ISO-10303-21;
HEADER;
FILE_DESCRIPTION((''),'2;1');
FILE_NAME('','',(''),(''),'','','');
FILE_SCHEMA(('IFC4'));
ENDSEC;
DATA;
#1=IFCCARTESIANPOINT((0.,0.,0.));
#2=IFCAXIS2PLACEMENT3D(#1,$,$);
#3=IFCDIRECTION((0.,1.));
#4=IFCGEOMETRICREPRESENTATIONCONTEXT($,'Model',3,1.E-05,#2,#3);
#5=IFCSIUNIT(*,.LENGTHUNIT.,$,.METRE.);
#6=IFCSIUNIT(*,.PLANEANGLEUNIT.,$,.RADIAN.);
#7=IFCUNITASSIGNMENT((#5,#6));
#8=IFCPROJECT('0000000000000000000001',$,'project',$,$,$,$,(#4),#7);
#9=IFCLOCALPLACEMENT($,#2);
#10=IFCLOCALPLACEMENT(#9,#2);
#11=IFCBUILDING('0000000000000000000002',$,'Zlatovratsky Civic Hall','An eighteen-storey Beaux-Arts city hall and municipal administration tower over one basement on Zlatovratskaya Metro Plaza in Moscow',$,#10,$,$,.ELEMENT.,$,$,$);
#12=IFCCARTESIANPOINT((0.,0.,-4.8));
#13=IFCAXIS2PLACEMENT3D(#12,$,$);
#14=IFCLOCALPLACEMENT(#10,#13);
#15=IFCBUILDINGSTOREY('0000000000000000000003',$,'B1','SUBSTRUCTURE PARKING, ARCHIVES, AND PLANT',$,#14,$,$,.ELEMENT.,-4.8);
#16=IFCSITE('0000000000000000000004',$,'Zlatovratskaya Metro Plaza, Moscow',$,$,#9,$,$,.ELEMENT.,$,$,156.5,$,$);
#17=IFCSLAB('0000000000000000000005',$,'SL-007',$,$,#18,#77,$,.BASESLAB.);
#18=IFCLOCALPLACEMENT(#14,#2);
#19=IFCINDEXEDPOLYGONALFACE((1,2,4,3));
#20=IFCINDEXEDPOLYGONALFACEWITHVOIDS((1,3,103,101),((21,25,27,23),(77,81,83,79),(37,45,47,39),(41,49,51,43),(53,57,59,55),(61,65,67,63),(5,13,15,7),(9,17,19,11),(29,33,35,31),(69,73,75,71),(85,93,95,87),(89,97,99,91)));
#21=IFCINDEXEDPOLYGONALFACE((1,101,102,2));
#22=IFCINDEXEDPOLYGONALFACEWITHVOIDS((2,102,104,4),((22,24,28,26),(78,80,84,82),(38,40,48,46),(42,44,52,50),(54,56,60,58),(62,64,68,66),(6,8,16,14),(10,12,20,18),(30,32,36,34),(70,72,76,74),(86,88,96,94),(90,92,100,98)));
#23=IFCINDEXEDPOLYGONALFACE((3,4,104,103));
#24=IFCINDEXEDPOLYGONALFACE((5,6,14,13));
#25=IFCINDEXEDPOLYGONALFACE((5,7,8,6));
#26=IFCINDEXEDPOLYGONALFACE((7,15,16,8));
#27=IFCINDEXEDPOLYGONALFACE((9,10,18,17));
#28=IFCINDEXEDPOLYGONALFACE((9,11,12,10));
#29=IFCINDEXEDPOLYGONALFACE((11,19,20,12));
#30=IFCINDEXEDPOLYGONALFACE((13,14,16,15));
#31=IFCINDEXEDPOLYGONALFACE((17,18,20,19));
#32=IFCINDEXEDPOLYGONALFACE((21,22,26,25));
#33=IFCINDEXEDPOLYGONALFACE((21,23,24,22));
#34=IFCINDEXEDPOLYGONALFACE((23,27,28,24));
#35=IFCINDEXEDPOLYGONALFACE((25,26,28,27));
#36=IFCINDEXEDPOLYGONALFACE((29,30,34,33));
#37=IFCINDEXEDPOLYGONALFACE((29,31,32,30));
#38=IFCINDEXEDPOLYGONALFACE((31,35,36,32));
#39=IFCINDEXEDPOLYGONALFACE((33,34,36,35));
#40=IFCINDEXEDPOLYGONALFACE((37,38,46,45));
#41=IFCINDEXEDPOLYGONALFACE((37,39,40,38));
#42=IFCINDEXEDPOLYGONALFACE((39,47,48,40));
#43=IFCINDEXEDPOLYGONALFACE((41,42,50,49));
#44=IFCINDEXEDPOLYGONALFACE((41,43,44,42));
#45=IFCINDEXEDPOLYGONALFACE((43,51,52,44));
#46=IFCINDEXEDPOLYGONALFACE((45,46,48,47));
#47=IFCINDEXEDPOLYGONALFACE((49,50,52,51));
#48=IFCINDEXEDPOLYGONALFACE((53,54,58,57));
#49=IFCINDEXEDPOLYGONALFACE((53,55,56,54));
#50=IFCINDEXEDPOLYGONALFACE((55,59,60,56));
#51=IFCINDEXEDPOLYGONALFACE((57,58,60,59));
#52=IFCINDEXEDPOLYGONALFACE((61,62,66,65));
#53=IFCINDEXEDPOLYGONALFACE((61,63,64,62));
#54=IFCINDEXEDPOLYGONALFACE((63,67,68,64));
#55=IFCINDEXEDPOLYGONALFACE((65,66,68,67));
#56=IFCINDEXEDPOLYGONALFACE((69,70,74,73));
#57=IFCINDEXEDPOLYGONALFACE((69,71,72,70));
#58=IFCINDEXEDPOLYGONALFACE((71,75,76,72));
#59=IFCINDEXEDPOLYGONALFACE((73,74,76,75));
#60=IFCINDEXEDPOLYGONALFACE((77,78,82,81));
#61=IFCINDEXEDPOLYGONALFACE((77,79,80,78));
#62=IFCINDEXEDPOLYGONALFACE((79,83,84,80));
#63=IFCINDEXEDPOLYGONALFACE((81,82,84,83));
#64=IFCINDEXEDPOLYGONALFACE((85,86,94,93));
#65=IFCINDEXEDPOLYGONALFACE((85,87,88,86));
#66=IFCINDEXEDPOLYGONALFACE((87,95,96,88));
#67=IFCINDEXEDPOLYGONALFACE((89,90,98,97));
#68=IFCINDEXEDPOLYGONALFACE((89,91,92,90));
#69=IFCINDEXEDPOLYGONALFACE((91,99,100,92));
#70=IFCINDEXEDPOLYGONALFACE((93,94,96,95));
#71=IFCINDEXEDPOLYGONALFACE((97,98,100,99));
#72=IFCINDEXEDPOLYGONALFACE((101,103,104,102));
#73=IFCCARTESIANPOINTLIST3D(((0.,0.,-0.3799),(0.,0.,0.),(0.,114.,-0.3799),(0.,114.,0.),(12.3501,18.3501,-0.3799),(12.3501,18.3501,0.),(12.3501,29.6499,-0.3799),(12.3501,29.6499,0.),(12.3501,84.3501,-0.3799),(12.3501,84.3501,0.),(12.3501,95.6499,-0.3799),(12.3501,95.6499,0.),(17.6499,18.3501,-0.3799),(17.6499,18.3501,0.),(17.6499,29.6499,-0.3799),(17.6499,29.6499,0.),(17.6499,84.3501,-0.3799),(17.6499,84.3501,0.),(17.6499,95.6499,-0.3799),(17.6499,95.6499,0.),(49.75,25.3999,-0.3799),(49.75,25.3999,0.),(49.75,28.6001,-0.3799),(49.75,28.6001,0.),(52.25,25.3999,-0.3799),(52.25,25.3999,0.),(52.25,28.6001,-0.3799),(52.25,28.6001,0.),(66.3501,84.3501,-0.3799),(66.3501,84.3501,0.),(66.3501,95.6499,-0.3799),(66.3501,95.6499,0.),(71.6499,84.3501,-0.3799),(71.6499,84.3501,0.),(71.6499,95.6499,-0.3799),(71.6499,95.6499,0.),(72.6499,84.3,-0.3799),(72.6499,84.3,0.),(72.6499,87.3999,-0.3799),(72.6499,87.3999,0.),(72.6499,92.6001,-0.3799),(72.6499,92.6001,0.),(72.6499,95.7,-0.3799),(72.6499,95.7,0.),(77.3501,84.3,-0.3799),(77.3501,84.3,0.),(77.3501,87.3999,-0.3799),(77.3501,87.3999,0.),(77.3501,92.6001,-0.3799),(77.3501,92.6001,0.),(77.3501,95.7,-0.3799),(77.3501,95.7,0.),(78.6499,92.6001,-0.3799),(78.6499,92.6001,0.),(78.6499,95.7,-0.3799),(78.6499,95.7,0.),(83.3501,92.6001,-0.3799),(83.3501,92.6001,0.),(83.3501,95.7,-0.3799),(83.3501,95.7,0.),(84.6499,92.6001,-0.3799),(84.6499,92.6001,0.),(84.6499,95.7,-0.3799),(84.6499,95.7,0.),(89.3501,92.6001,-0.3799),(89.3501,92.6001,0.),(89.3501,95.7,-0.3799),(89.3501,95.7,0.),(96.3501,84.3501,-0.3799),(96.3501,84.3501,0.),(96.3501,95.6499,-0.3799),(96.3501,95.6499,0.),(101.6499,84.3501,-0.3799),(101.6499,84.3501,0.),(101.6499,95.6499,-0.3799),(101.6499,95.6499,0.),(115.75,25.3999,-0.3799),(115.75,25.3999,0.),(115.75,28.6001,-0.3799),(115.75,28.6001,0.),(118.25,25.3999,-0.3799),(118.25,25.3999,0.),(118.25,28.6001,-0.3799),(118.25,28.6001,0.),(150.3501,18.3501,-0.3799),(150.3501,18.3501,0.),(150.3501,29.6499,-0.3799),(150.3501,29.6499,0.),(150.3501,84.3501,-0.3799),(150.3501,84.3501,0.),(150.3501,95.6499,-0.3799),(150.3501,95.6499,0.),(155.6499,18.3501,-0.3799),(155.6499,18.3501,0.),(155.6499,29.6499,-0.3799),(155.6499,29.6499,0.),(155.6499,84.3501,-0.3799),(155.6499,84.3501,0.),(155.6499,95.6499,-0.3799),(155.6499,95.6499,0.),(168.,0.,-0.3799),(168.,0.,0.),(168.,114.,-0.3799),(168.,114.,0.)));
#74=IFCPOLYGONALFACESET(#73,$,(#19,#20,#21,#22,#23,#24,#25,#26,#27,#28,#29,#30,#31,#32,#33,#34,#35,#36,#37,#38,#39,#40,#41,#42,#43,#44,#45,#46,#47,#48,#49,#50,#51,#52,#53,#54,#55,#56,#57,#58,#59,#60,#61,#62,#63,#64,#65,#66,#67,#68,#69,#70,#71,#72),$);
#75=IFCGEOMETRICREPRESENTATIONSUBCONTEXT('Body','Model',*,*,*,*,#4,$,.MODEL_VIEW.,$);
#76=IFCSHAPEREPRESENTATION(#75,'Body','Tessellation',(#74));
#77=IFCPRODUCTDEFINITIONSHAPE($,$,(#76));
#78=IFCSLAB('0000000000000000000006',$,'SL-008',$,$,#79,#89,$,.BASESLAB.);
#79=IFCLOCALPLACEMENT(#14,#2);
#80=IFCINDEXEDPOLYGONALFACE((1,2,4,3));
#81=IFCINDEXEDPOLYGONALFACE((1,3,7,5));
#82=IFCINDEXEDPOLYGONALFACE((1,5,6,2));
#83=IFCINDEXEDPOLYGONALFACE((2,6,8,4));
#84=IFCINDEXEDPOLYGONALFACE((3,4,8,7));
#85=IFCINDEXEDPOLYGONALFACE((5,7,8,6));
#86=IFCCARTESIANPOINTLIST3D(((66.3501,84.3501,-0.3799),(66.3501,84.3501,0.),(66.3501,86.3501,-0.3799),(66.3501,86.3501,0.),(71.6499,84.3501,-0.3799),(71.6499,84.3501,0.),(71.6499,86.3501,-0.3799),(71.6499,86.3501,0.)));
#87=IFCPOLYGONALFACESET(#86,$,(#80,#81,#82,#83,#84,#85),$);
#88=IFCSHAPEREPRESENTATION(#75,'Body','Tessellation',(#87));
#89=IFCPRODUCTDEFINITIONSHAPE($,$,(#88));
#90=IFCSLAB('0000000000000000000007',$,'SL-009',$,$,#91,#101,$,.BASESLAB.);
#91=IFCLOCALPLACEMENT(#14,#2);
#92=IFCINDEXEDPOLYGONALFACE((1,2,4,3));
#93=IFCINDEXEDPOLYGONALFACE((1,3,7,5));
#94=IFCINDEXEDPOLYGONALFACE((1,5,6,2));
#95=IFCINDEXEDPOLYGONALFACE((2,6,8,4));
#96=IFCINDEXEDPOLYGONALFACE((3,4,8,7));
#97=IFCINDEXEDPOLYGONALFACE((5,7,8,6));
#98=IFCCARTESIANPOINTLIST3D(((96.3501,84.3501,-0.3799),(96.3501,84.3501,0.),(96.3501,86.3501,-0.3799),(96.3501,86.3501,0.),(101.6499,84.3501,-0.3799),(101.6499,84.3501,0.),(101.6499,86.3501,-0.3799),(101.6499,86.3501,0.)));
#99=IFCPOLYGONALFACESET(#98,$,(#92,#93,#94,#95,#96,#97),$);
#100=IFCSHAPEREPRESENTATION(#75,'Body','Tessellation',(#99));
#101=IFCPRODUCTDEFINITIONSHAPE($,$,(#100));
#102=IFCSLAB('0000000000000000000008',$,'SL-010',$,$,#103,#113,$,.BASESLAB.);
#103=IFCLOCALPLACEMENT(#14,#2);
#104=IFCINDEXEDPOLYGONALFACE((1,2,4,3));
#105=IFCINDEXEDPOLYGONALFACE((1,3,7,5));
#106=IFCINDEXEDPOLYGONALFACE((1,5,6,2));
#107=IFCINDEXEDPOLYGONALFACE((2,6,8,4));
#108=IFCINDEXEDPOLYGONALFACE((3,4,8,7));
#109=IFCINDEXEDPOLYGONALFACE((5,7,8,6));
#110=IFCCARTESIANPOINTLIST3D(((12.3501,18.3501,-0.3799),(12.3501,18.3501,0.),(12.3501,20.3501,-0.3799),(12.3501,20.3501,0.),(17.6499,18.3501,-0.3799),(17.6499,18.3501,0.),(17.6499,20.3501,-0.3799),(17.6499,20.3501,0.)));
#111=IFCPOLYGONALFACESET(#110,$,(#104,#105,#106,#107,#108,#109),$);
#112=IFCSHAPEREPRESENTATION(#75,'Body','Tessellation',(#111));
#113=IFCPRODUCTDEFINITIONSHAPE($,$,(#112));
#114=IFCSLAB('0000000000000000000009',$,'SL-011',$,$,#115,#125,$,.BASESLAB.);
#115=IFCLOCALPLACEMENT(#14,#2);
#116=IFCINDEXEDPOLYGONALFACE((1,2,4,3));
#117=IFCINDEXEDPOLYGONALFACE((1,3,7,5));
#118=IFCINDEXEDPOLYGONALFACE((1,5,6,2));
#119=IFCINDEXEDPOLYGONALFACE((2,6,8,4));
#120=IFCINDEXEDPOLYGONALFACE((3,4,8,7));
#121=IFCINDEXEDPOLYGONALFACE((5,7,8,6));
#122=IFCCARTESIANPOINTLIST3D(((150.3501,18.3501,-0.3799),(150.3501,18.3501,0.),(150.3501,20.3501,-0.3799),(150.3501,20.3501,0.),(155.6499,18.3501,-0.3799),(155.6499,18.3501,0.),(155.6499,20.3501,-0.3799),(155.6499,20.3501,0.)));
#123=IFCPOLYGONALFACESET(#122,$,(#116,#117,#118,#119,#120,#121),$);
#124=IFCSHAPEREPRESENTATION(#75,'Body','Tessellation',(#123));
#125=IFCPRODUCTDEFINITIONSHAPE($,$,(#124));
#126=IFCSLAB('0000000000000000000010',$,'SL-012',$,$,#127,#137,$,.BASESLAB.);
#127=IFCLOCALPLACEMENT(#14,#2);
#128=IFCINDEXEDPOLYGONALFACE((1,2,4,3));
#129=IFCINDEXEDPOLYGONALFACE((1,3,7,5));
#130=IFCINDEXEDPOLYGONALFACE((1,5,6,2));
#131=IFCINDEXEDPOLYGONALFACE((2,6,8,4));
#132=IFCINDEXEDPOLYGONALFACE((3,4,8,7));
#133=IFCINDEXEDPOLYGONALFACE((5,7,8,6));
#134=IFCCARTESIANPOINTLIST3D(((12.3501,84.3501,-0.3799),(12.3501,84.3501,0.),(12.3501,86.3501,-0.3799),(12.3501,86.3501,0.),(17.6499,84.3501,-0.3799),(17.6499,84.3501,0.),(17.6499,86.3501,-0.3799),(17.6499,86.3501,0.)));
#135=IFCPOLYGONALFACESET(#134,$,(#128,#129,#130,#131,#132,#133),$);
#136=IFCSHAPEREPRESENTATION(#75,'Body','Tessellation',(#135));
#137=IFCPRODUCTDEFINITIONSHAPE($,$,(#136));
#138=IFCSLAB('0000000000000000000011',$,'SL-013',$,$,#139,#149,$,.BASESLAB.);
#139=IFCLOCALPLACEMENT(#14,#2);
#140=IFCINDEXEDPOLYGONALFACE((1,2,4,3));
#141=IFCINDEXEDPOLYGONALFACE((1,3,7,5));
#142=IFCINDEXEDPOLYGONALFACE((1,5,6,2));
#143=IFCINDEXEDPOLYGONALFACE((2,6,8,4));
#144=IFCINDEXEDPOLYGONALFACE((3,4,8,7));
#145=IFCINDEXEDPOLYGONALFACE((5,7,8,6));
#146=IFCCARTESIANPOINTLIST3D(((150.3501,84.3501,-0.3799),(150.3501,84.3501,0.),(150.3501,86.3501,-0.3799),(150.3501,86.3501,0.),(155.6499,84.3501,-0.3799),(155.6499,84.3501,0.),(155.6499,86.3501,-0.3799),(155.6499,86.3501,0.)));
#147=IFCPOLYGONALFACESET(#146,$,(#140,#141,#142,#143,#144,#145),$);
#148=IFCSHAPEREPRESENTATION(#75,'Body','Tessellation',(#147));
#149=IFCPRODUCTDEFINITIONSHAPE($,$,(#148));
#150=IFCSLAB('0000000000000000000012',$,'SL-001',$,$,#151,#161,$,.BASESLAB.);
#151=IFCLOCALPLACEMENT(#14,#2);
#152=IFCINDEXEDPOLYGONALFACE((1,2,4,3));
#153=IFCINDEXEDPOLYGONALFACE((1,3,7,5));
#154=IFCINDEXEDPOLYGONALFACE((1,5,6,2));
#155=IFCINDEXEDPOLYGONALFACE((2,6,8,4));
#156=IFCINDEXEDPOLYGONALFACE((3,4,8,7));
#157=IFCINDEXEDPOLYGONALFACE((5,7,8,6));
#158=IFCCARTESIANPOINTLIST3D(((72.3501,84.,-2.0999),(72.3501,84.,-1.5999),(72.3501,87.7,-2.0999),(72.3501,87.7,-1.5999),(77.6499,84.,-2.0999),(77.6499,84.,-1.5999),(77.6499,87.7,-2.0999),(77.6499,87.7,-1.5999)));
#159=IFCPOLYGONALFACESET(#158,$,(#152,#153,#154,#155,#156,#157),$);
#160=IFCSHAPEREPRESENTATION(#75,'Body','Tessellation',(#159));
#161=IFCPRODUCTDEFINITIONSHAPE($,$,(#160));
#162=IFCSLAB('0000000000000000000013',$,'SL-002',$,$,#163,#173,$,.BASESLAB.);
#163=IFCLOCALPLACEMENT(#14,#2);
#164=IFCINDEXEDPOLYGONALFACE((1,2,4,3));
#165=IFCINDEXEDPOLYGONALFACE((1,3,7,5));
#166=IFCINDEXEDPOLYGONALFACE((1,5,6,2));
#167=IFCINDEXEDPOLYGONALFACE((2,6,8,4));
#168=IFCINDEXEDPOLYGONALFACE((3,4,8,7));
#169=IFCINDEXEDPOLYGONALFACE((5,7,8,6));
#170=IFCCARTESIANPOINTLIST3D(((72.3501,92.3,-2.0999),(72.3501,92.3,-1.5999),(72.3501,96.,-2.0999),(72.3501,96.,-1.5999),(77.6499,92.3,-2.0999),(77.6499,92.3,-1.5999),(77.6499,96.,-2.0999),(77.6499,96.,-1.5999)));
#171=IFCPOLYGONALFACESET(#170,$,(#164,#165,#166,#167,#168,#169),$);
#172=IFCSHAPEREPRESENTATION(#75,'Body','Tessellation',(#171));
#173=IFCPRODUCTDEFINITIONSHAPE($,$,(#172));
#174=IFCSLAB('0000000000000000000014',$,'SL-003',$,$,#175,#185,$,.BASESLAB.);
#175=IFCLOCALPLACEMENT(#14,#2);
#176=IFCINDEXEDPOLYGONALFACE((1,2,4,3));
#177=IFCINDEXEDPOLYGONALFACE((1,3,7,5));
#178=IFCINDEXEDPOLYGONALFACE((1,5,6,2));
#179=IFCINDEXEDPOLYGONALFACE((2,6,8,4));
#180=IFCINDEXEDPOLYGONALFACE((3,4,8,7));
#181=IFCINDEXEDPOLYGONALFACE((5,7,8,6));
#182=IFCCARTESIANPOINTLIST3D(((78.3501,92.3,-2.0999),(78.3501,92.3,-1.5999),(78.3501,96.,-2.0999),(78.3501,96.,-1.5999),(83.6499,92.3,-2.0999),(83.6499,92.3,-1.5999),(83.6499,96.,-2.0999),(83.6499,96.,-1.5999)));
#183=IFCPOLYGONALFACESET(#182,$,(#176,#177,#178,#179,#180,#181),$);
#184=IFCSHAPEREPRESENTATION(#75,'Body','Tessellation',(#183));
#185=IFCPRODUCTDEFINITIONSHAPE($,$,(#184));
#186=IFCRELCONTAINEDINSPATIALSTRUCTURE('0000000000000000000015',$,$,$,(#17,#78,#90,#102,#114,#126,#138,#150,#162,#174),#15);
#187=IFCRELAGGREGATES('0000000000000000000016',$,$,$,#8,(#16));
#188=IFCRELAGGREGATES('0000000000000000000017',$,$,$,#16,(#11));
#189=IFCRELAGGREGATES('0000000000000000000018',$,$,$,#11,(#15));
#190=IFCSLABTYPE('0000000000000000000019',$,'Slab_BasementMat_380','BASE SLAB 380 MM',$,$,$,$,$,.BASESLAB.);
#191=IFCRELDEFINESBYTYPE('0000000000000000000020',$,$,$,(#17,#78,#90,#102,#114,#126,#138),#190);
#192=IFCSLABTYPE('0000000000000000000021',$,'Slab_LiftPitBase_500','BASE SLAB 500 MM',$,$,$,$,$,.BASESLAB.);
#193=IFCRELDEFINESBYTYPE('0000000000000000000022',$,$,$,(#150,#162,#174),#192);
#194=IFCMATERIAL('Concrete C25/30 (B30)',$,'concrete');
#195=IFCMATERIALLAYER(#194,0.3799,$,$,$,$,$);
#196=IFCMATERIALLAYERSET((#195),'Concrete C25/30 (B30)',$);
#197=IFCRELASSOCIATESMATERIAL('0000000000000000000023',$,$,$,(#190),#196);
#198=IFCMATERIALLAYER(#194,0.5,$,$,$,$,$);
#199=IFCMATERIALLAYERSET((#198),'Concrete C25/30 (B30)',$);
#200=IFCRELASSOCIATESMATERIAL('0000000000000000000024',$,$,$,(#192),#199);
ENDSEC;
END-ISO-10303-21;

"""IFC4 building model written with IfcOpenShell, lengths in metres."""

from ifc_helpers import new_model, si_unit, direction, frame, origin, place, context, subcontext, project, spatial, polyline, outline, extrude, material, layer, layer_set, type_object, element, save


model = new_model("IFC4")

# Units and contexts
model_context = context("Model", 3, precision=1e-05, world=origin(), true_north=direction((0.0, 1.0)))
body_context = subcontext(model_context, "Body", "Model", "MODEL_VIEW")
ifc_project = project(units=[si_unit("LENGTHUNIT", "METRE"), si_unit("PLANEANGLEUNIT", "RADIAN")], contexts=[model_context])

# Site, building, storey
site_placement = place(None, origin())
site = spatial("IfcSite", under=ifc_project, at=site_placement, Name="Zlatovratskaya Metro Plaza, Moscow", CompositionType="ELEMENT", RefElevation=156.5)
building_placement = place(site_placement, origin())
building = spatial("IfcBuilding", under=site, at=building_placement, Name="Zlatovratsky Civic Hall", Description="An eighteen-storey Beaux-Arts city hall and municipal administration tower over one basement on Zlatovratskaya Metro Plaza in Moscow", CompositionType="ELEMENT")
storey_placement = place(building_placement, frame((0.0, 0.0, -4.8)))
storey = spatial("IfcBuildingStorey", under=building, at=storey_placement, Name="B1", Description="SUBSTRUCTURE PARKING, ARCHIVES, AND PLANT", CompositionType="ELEMENT", Elevation=-4.8)

# Shared definitions
ifc_material_1 = material(Name="Concrete C25/30 (B30)", Category="concrete")

# Slabs
ifc_layer_1 = layer(ifc_material_1, 0.3799)
ifc_layer_set_1 = layer_set([ifc_layer_1], Name="Concrete C25/30 (B30)")
slab_type_1 = type_object("IfcSlabType", Name="Slab_BasementMat_380", Description="BASE SLAB 380 MM", PredefinedType="BASESLAB", material=ifc_layer_set_1)
slab_1_placement = place(storey_placement, frame((0.0, 0.0, -0.3799)))
element("IfcSlab", 1, at=slab_1_placement, inside=storey, type_object=slab_type_1, Name="SL-007", PredefinedType="BASESLAB", context=body_context, shape_type="SweptSolid", body=[
    extrude(outline(polyline([(0.0, 0.0), (168.0, 0.0), (168.0, 114.0), (0.0, 114.0), (0.0, 0.0)]), holes=[polyline([(66.3501, 84.3501), (71.6499, 84.3501), (71.6499, 95.6499), (66.3501, 95.6499), (66.3501, 84.3501)]), polyline([(96.3501, 84.3501), (101.6499, 84.3501), (101.6499, 95.6499), (96.3501, 95.6499), (96.3501, 84.3501)]), polyline([(12.3501, 18.3501), (17.6499, 18.3501), (17.6499, 29.6499), (12.3501, 29.6499), (12.3501, 18.3501)]), polyline([(150.3501, 18.3501), (155.6499, 18.3501), (155.6499, 29.6499), (150.3501, 29.6499), (150.3501, 18.3501)]), polyline([(12.3501, 84.3501), (17.6499, 84.3501), (17.6499, 95.6499), (12.3501, 95.6499), (12.3501, 84.3501)]), polyline([(150.3501, 84.3501), (155.6499, 84.3501), (155.6499, 95.6499), (150.3501, 95.6499), (150.3501, 84.3501)]), polyline([(72.6499, 84.3), (77.3501, 84.3), (77.3501, 87.3999), (72.6499, 87.3999), (72.6499, 84.3)]), polyline([(72.6499, 92.6001), (77.3501, 92.6001), (77.3501, 95.7), (72.6499, 95.7), (72.6499, 92.6001)]), polyline([(78.6499, 92.6001), (83.3501, 92.6001), (83.3501, 95.7), (78.6499, 95.7), (78.6499, 92.6001)]), polyline([(84.6499, 92.6001), (89.3501, 92.6001), (89.3501, 95.7), (84.6499, 95.7), (84.6499, 92.6001)]), polyline([(49.75, 25.3999), (52.25, 25.3999), (52.25, 28.6001), (49.75, 28.6001), (49.75, 25.3999)]), polyline([(115.75, 25.3999), (118.25, 25.3999), (118.25, 28.6001), (115.75, 28.6001), (115.75, 25.3999)])]), origin(), (0.0, 0.0, 1.0), 0.3799),
])
slab_2_placement = place(storey_placement, frame((0.0, 0.0, -0.3799)))
element("IfcSlab", 2, at=slab_2_placement, inside=storey, type_object=slab_type_1, Name="SL-008", PredefinedType="BASESLAB", context=body_context, shape_type="SweptSolid", body=[
    extrude(outline(polyline([(66.3501, 84.3501), (71.6499, 84.3501), (71.6499, 86.3501), (66.3501, 86.3501), (66.3501, 84.3501)])), origin(), (0.0, 0.0, 1.0), 0.3799),
])
slab_3_placement = place(storey_placement, frame((0.0, 0.0, -0.3799)))
element("IfcSlab", 3, at=slab_3_placement, inside=storey, type_object=slab_type_1, Name="SL-009", PredefinedType="BASESLAB", context=body_context, shape_type="SweptSolid", body=[
    extrude(outline(polyline([(96.3501, 84.3501), (101.6499, 84.3501), (101.6499, 86.3501), (96.3501, 86.3501), (96.3501, 84.3501)])), origin(), (0.0, 0.0, 1.0), 0.3799),
])
slab_4_placement = place(storey_placement, frame((0.0, 0.0, -0.3799)))
element("IfcSlab", 4, at=slab_4_placement, inside=storey, type_object=slab_type_1, Name="SL-010", PredefinedType="BASESLAB", context=body_context, shape_type="SweptSolid", body=[
    extrude(outline(polyline([(12.3501, 18.3501), (17.6499, 18.3501), (17.6499, 20.3501), (12.3501, 20.3501), (12.3501, 18.3501)])), origin(), (0.0, 0.0, 1.0), 0.3799),
])
slab_5_placement = place(storey_placement, frame((0.0, 0.0, -0.3799)))
element("IfcSlab", 5, at=slab_5_placement, inside=storey, type_object=slab_type_1, Name="SL-011", PredefinedType="BASESLAB", context=body_context, shape_type="SweptSolid", body=[
    extrude(outline(polyline([(150.3501, 18.3501), (155.6499, 18.3501), (155.6499, 20.3501), (150.3501, 20.3501), (150.3501, 18.3501)])), origin(), (0.0, 0.0, 1.0), 0.3799),
])
slab_6_placement = place(storey_placement, frame((0.0, 0.0, -0.3799)))
element("IfcSlab", 6, at=slab_6_placement, inside=storey, type_object=slab_type_1, Name="SL-012", PredefinedType="BASESLAB", context=body_context, shape_type="SweptSolid", body=[
    extrude(outline(polyline([(12.3501, 84.3501), (17.6499, 84.3501), (17.6499, 86.3501), (12.3501, 86.3501), (12.3501, 84.3501)])), origin(), (0.0, 0.0, 1.0), 0.3799),
])
slab_7_placement = place(storey_placement, frame((0.0, 0.0, -0.3799)))
element("IfcSlab", 7, at=slab_7_placement, inside=storey, type_object=slab_type_1, Name="SL-013", PredefinedType="BASESLAB", context=body_context, shape_type="SweptSolid", body=[
    extrude(outline(polyline([(150.3501, 84.3501), (155.6499, 84.3501), (155.6499, 86.3501), (150.3501, 86.3501), (150.3501, 84.3501)])), origin(), (0.0, 0.0, 1.0), 0.3799),
])
ifc_layer_2 = layer(ifc_material_1, 0.5)
ifc_layer_set_2 = layer_set([ifc_layer_2], Name="Concrete C25/30 (B30)")
slab_type_2 = type_object("IfcSlabType", Name="Slab_LiftPitBase_500", Description="BASE SLAB 500 MM", PredefinedType="BASESLAB", material=ifc_layer_set_2)
slab_8_placement = place(storey_placement, frame((0.0, 0.0, -2.0999)))
element("IfcSlab", 8, at=slab_8_placement, inside=storey, type_object=slab_type_2, Name="SL-001", PredefinedType="BASESLAB", context=body_context, shape_type="SweptSolid", body=[
    extrude(outline(polyline([(72.3501, 84.0), (77.6499, 84.0), (77.6499, 87.7), (72.3501, 87.7), (72.3501, 84.0)])), origin(), (0.0, 0.0, 1.0), 0.5),
])
slab_9_placement = place(storey_placement, frame((0.0, 0.0, -2.0999)))
element("IfcSlab", 9, at=slab_9_placement, inside=storey, type_object=slab_type_2, Name="SL-002", PredefinedType="BASESLAB", context=body_context, shape_type="SweptSolid", body=[
    extrude(outline(polyline([(72.3501, 92.3), (77.6499, 92.3), (77.6499, 96.0), (72.3501, 96.0), (72.3501, 92.3)])), origin(), (0.0, 0.0, 1.0), 0.5),
])
slab_10_placement = place(storey_placement, frame((0.0, 0.0, -2.0999)))
element("IfcSlab", 10, at=slab_10_placement, inside=storey, type_object=slab_type_2, Name="SL-003", PredefinedType="BASESLAB", context=body_context, shape_type="SweptSolid", body=[
    extrude(outline(polyline([(78.3501, 92.3), (83.6499, 92.3), (83.6499, 96.0), (78.3501, 96.0), (78.3501, 92.3)])), origin(), (0.0, 0.0, 1.0), 0.5),
])

save(model, "model.ifc")
